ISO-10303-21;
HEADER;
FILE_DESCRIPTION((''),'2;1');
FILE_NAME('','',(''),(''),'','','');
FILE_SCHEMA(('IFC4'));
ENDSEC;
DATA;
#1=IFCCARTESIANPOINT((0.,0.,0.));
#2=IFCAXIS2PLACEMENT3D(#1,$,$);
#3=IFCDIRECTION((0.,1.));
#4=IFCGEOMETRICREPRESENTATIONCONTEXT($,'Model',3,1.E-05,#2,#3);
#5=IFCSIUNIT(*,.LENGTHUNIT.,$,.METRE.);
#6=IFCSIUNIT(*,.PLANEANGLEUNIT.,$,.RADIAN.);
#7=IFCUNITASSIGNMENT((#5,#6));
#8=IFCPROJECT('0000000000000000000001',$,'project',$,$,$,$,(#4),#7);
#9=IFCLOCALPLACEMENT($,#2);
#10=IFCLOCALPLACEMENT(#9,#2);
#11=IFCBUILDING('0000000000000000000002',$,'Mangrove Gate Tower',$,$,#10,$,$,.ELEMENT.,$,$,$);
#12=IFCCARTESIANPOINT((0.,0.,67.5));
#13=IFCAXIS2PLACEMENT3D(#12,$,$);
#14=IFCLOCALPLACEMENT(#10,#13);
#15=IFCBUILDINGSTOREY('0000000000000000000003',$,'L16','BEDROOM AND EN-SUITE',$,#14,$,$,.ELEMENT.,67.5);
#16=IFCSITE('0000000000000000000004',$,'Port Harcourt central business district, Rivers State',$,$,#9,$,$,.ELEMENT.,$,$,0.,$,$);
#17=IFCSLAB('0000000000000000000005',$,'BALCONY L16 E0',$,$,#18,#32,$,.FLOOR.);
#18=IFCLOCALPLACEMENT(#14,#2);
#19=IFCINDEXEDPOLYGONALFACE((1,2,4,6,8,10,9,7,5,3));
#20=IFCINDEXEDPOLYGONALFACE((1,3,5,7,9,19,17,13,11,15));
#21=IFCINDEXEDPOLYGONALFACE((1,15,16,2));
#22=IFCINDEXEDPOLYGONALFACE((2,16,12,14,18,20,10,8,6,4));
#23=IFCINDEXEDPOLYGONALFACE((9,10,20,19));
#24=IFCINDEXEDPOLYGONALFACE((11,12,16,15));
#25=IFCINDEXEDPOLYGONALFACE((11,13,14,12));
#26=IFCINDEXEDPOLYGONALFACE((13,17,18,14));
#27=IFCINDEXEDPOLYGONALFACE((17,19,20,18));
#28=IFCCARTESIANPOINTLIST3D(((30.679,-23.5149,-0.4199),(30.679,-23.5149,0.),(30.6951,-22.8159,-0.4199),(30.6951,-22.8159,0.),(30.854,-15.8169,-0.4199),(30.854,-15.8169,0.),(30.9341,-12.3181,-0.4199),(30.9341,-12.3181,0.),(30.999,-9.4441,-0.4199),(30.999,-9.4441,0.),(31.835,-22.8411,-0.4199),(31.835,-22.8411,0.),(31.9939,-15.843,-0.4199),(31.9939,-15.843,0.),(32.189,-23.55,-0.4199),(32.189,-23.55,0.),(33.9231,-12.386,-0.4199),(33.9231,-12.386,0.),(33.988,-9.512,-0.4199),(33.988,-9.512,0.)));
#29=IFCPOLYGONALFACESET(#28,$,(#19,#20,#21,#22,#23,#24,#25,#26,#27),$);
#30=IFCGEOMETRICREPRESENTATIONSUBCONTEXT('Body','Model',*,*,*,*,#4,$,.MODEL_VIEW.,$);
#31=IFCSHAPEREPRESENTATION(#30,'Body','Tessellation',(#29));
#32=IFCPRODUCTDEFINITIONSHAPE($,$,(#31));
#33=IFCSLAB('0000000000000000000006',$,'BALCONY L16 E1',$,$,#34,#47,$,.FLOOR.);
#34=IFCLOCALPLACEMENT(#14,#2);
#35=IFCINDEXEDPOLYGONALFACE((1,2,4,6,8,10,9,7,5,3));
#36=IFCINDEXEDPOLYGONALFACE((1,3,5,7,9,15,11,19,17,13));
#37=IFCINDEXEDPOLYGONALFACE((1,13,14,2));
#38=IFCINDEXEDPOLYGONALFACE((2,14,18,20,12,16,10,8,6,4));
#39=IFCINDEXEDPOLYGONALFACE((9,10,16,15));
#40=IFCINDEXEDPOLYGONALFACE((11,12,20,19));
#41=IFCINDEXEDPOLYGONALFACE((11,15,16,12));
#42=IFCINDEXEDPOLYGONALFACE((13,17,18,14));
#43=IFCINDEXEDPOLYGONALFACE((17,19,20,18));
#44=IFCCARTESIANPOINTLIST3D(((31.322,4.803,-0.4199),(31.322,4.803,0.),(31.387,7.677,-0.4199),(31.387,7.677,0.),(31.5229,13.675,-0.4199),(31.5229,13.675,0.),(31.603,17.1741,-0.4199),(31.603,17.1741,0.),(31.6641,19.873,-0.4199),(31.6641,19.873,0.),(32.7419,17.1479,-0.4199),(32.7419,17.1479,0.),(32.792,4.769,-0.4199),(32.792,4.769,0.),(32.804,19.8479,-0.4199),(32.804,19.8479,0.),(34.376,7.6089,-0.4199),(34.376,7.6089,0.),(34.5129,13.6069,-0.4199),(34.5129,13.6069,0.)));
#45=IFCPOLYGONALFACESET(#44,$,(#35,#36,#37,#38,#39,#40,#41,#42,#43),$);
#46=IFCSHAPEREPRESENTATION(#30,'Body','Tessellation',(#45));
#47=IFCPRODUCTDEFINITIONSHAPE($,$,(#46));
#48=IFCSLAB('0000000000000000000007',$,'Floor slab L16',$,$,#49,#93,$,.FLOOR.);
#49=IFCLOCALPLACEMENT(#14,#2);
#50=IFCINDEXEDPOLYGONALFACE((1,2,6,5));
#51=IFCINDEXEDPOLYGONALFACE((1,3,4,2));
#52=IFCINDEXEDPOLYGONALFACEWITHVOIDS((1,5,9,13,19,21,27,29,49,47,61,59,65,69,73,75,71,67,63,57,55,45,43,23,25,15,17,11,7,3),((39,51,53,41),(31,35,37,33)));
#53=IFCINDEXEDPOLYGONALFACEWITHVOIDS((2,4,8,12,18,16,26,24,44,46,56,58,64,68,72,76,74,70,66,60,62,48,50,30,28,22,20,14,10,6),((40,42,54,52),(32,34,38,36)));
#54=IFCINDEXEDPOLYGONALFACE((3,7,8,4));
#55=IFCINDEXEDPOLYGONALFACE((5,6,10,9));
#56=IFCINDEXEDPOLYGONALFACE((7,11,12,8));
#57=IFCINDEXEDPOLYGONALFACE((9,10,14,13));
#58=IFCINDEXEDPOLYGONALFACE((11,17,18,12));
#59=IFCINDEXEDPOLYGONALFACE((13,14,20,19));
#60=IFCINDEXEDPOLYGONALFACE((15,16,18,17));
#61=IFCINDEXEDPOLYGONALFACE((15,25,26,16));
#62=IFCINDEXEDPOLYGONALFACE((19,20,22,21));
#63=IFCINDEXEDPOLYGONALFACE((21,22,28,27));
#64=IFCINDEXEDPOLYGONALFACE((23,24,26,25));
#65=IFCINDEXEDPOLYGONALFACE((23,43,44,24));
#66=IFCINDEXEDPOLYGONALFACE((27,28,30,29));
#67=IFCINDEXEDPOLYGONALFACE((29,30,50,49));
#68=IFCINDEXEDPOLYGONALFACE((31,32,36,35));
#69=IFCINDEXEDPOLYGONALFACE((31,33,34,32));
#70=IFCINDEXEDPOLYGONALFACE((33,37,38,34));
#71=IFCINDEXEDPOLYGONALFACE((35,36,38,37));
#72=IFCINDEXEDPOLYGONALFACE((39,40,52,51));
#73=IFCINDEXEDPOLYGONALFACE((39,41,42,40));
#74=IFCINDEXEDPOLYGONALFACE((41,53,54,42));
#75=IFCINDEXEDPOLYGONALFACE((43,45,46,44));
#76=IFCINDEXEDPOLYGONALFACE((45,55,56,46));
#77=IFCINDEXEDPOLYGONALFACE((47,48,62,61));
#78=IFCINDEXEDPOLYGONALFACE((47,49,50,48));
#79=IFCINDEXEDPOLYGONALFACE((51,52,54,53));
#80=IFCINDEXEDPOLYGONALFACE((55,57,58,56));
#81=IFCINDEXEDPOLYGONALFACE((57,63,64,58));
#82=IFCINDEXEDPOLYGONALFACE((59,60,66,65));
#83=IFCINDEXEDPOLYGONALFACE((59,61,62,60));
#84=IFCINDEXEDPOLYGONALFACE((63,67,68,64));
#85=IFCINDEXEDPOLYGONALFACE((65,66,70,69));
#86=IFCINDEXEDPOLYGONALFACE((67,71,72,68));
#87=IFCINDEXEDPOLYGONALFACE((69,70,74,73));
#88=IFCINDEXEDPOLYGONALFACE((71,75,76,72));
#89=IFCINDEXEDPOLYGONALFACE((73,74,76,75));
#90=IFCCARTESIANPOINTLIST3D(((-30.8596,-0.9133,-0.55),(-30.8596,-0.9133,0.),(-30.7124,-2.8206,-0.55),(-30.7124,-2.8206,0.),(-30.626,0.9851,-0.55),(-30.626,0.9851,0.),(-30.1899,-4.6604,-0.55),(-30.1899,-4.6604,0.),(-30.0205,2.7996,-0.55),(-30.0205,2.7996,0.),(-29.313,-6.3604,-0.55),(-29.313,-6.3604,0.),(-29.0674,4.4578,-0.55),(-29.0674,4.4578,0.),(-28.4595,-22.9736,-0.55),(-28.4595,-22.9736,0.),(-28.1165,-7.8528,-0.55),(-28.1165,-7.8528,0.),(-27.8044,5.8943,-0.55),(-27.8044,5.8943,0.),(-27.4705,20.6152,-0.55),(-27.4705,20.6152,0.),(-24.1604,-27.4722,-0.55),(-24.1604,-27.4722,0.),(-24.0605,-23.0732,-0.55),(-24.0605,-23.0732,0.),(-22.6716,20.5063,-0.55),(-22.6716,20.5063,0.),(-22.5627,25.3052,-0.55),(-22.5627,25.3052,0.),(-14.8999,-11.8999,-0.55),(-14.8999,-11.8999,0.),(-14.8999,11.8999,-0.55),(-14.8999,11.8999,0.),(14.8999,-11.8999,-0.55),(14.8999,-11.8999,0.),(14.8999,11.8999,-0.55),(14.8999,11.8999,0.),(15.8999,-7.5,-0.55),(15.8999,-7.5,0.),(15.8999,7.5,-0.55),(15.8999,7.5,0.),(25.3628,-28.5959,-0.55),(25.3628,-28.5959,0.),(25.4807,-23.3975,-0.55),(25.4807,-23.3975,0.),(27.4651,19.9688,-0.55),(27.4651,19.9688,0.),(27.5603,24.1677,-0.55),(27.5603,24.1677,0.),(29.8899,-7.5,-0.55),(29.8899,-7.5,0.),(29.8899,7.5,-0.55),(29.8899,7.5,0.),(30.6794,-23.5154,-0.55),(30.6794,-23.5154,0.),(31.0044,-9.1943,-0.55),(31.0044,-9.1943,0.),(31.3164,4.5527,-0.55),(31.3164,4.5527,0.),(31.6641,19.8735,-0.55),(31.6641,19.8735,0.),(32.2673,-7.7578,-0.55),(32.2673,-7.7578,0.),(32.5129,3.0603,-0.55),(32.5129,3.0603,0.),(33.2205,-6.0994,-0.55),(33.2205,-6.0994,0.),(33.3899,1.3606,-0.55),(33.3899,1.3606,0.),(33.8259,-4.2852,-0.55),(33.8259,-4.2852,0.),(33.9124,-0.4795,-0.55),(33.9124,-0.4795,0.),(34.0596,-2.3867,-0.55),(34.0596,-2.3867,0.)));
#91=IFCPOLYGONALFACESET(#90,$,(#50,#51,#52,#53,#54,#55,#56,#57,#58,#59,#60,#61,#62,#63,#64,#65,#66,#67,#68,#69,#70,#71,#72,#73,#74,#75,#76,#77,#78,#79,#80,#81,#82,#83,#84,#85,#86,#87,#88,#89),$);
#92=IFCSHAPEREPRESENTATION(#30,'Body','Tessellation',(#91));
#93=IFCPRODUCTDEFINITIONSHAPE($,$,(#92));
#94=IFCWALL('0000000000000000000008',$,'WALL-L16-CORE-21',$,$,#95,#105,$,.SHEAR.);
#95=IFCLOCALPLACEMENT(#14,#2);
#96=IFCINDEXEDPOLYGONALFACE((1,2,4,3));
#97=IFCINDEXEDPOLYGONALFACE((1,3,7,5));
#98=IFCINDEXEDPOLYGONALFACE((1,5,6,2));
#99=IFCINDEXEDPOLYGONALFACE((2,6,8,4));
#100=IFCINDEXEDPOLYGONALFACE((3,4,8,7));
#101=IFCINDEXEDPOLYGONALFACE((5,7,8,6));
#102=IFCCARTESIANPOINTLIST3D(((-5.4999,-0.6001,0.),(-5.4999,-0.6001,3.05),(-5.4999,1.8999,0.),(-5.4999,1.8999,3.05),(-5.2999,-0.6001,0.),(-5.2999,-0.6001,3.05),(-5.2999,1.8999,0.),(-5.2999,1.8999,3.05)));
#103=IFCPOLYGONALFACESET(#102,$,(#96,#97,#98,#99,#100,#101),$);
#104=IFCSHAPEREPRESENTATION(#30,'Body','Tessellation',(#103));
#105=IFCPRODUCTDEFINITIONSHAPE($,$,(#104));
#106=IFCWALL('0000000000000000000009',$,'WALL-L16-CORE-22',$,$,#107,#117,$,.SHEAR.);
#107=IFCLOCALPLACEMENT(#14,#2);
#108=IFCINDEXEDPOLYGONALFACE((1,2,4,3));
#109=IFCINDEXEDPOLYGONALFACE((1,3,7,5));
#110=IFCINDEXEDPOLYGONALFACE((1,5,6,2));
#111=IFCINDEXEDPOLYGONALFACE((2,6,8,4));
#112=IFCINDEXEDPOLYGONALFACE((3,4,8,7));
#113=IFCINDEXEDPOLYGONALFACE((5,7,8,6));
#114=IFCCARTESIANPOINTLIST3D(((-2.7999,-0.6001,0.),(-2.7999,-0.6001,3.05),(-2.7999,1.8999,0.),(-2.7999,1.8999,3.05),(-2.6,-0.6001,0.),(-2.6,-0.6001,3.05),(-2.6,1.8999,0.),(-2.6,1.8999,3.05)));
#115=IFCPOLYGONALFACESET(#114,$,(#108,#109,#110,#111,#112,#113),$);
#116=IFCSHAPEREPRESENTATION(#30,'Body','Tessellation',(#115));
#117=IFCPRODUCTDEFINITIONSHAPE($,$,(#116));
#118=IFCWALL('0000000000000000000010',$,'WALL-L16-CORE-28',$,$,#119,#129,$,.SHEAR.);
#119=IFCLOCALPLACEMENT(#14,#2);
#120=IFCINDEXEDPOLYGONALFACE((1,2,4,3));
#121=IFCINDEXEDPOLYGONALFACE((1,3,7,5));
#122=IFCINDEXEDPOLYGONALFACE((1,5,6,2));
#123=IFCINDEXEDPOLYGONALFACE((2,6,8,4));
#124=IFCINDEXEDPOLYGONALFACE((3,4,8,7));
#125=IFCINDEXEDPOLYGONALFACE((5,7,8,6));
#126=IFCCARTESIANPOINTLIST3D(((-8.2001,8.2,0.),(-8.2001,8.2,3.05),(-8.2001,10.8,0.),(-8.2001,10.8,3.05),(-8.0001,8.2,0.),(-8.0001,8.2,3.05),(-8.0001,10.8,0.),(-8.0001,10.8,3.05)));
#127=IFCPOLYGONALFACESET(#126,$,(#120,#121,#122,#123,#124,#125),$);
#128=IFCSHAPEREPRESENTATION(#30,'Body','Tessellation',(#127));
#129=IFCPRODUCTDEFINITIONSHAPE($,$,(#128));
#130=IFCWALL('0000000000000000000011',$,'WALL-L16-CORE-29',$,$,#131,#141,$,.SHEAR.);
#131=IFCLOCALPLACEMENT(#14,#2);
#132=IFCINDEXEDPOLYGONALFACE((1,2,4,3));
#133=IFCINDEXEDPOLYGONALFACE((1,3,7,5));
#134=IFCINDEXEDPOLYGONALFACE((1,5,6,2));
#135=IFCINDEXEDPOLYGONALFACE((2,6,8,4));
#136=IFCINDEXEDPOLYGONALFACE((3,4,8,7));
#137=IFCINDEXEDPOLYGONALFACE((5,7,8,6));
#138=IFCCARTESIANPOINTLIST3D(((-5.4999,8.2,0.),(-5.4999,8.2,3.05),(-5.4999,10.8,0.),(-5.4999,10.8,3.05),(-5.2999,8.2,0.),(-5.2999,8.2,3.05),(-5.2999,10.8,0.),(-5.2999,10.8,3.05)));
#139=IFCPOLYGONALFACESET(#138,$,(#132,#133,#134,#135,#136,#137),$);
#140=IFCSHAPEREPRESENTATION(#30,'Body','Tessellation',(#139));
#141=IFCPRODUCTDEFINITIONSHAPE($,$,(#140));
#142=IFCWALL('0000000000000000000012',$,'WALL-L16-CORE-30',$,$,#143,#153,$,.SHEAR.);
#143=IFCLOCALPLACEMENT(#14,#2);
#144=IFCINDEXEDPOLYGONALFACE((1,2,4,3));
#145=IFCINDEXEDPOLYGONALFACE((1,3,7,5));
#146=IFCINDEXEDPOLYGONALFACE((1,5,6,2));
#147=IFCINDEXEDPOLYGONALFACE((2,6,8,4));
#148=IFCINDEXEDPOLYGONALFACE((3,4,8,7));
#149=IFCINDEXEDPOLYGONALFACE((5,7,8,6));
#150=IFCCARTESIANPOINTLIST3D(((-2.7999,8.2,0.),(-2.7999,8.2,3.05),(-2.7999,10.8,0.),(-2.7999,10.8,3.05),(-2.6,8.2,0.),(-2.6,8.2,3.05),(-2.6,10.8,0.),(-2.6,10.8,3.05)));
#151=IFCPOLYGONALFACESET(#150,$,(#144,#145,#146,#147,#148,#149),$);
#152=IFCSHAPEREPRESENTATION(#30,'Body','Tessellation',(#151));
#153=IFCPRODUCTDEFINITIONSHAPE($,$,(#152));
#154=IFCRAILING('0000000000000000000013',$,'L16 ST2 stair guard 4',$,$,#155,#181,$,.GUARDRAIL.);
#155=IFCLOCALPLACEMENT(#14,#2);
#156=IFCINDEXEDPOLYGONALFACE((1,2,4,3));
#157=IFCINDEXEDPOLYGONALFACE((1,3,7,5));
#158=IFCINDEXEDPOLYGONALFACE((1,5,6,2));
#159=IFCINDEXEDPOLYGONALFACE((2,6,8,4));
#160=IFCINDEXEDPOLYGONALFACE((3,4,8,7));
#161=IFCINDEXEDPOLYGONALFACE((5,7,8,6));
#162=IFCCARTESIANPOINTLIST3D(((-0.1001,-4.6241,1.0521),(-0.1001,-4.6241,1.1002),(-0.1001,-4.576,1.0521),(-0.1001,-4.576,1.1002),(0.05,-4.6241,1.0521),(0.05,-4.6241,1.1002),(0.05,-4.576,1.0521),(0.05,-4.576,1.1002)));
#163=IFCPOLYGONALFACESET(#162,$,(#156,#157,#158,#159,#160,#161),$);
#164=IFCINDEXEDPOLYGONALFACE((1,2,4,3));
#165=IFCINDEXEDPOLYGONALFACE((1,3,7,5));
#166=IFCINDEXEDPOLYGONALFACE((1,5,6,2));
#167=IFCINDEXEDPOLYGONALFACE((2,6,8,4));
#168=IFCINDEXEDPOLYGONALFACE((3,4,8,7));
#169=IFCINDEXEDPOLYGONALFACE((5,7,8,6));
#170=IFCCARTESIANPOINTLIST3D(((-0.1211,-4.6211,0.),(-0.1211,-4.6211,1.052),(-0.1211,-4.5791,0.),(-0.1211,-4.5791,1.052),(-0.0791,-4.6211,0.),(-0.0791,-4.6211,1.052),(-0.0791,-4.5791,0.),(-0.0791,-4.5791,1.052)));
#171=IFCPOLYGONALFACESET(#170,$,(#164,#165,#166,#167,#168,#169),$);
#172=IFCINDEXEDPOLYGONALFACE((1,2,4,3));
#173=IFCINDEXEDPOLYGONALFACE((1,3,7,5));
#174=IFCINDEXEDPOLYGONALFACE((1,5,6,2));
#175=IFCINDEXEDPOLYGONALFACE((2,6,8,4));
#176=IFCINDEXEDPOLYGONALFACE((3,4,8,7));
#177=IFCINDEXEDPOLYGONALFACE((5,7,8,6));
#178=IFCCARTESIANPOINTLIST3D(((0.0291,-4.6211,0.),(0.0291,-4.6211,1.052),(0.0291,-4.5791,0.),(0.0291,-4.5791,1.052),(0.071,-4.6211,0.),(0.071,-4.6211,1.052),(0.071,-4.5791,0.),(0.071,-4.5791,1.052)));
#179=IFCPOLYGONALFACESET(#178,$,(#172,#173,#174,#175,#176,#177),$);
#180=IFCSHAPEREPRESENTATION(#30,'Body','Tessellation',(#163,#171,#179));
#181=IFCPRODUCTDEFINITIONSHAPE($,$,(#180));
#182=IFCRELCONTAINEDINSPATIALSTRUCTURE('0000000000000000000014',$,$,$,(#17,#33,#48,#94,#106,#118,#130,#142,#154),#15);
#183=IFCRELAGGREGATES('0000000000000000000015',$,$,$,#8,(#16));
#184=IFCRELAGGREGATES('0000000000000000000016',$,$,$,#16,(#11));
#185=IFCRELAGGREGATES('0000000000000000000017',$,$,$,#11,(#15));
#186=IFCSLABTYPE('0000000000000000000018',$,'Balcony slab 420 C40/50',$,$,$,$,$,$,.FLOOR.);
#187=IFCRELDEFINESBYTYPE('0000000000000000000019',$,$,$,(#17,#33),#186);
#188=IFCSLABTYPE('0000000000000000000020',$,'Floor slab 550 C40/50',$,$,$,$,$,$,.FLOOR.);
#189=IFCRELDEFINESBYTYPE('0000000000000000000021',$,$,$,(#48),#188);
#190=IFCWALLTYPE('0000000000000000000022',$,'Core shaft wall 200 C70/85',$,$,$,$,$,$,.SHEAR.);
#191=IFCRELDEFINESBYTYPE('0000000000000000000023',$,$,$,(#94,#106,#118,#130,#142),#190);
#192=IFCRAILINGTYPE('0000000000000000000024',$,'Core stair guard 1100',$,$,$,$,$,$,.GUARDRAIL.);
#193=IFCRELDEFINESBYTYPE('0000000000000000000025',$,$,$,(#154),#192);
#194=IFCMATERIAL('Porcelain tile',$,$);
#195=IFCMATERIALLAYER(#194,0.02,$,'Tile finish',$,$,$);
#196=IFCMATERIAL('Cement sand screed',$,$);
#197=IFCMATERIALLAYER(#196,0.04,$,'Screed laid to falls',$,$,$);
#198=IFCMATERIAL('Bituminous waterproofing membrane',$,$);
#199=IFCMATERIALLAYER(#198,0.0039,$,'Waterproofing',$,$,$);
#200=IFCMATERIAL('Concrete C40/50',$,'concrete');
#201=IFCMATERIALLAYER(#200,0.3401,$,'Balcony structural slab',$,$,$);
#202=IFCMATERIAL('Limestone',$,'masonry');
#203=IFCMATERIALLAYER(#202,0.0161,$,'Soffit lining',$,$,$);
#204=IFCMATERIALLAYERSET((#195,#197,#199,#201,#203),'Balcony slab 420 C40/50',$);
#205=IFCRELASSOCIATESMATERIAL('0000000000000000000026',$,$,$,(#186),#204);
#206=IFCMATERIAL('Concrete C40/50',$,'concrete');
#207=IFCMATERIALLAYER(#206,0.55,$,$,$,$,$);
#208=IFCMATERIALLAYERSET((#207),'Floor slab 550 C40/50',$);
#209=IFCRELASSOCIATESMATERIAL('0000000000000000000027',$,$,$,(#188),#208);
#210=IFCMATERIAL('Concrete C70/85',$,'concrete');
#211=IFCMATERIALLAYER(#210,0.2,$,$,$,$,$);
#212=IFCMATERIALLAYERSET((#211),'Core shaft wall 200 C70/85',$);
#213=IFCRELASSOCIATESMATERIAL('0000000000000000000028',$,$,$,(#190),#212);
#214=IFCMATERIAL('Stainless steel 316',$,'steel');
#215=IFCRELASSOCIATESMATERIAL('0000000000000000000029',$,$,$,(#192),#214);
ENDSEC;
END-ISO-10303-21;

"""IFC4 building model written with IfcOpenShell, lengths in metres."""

from ifc_helpers import new_model, si_unit, direction, frame, frame_2d, origin, origin_2d, place, context, subcontext, project, spatial, polyline, rectangle, outline, extrude, material, layer, layer_set, type_object, element, save


model = new_model("IFC4")

# Units and contexts
model_context = context("Model", 3, precision=1e-05, world=origin(), true_north=direction((0.0, 1.0)))
body_context = subcontext(model_context, "Body", "Model", "MODEL_VIEW")
ifc_project = project(units=[si_unit("LENGTHUNIT", "METRE"), si_unit("PLANEANGLEUNIT", "RADIAN")], contexts=[model_context])

# Site, building, storey
site_placement = place(None, origin())
site = spatial("IfcSite", under=ifc_project, at=site_placement, Name="Port Harcourt central business district, Rivers State", CompositionType="ELEMENT", RefElevation=0.0)
building_placement = place(site_placement, origin())
building = spatial("IfcBuilding", under=site, at=building_placement, Name="Mangrove Gate Tower", CompositionType="ELEMENT")
storey_placement = place(building_placement, frame((0.0, 0.0, 67.5)))
storey = spatial("IfcBuildingStorey", under=building, at=storey_placement, Name="L16", Description="BEDROOM AND EN-SUITE", CompositionType="ELEMENT", Elevation=67.5)

# Slabs
ifc_material_1 = material(Name="Porcelain tile")
ifc_layer_1 = layer(ifc_material_1, 0.02, Name="Tile finish")
ifc_material_2 = material(Name="Cement sand screed")
ifc_layer_2 = layer(ifc_material_2, 0.04, Name="Screed laid to falls")
ifc_material_3 = material(Name="Bituminous waterproofing membrane")
ifc_layer_3 = layer(ifc_material_3, 0.0039, Name="Waterproofing")
ifc_material_4 = material(Name="Concrete C40/50", Category="concrete")
ifc_layer_4 = layer(ifc_material_4, 0.3401, Name="Balcony structural slab")
ifc_material_5 = material(Name="Limestone", Category="masonry")
ifc_layer_5 = layer(ifc_material_5, 0.0161, Name="Soffit lining")
ifc_layer_set_1 = layer_set([ifc_layer_1, ifc_layer_2, ifc_layer_3, ifc_layer_4, ifc_layer_5], Name="Balcony slab 420 C40/50")
slab_type_1 = type_object("IfcSlabType", Name="Balcony slab 420 C40/50", PredefinedType="FLOOR", material=ifc_layer_set_1)
slab_1_placement = place(storey_placement, frame((0.0, 0.0, -0.4199)))
element("IfcSlab", 1, at=slab_1_placement, inside=storey, type_object=slab_type_1, Name="BALCONY L16 E0", PredefinedType="FLOOR", context=body_context, shape_type="SweptSolid", body=[
    extrude(outline(polyline([(32.189, -23.55), (31.835, -22.8411), (31.9939, -15.843), (33.9231, -12.386), (33.988, -9.512), (30.999, -9.4441), (30.9341, -12.3181), (30.854, -15.8169), (30.6951, -22.8159), (30.679, -23.5149), (32.189, -23.55)])), origin(), (0.0, 0.0, 1.0), 0.4199),
])
slab_2_placement = place(storey_placement, frame((0.0, 0.0, -0.4199)))
element("IfcSlab", 2, at=slab_2_placement, inside=storey, type_object=slab_type_1, Name="BALCONY L16 E1", PredefinedType="FLOOR", context=body_context, shape_type="SweptSolid", body=[
    extrude(outline(polyline([(32.792, 4.769), (34.376, 7.6089), (34.5129, 13.6069), (32.7419, 17.1479), (32.804, 19.8479), (31.6641, 19.873), (31.603, 17.1741), (31.5229, 13.675), (31.387, 7.677), (31.322, 4.803), (32.792, 4.769)])), origin(), (0.0, 0.0, 1.0), 0.4199),
])
ifc_material_6 = material(Name="Concrete C40/50", Category="concrete")
ifc_layer_6 = layer(ifc_material_6, 0.55)
ifc_layer_set_2 = layer_set([ifc_layer_6], Name="Floor slab 550 C40/50")
slab_type_2 = type_object("IfcSlabType", Name="Floor slab 550 C40/50", PredefinedType="FLOOR", material=ifc_layer_set_2)
slab_3_placement = place(storey_placement, frame((0.0, 0.0, -0.55)))
element("IfcSlab", 3, at=slab_3_placement, inside=storey, type_object=slab_type_2, Name="Floor slab L16", PredefinedType="FLOOR", context=body_context, shape_type="SweptSolid", body=[
    extrude(outline(polyline([(-24.1604, -27.4722), (25.3628, -28.5959), (25.4807, -23.3975), (30.6794, -23.5154), (31.0044, -9.1943), (32.2673, -7.7578), (33.2205, -6.0994), (33.8259, -4.2852), (34.0596, -2.3867), (33.9124, -0.4795), (33.3899, 1.3606), (32.5129, 3.0603), (31.3164, 4.5527), (31.6641, 19.8735), (27.4651, 19.9688), (27.5603, 24.1677), (-22.5627, 25.3052), (-22.6716, 20.5063), (-27.4705, 20.6152), (-27.8044, 5.8943), (-29.0674, 4.4578), (-30.0205, 2.7996), (-30.626, 0.9851), (-30.8596, -0.9133), (-30.7124, -2.8206), (-30.1899, -4.6604), (-29.313, -6.3604), (-28.1165, -7.8528), (-28.4595, -22.9736), (-24.0605, -23.0732), (-24.1604, -27.4722)]), holes=[polyline([(15.8999, 7.5), (29.8899, 7.5), (29.8899, -7.5), (15.8999, -7.5), (15.8999, 7.5)]), polyline([(-14.8999, -11.8999), (-14.8999, 11.8999), (14.8999, 11.8999), (14.8999, -11.8999), (-14.8999, -11.8999)])]), origin(), (0.0, 0.0, 1.0), 0.55),
])

# Walls
ifc_material_7 = material(Name="Concrete C70/85", Category="concrete")
ifc_layer_7 = layer(ifc_material_7, 0.2)
ifc_layer_set_3 = layer_set([ifc_layer_7], Name="Core shaft wall 200 C70/85")
wall_type = type_object("IfcWallType", Name="Core shaft wall 200 C70/85", PredefinedType="SHEAR", material=ifc_layer_set_3)
for number, where, z_axis, x_axis, name in (
    (4, (-5.3999, -0.6001, 0.0), (0.0, 0.0, 1.0), (0.0, 1.0, 0.0), "WALL-L16-CORE-21"),
    (5, (-2.7, -0.6001, 0.0), (0.0, 0.0, 1.0), (0.0, 1.0, 0.0), "WALL-L16-CORE-22"),
):
    element("IfcWall", number, at=place(storey_placement, frame(where, z_axis=z_axis, x_axis=x_axis)), inside=storey, type_object=wall_type, Name=name, PredefinedType="SHEAR", context=body_context, shape_type="SweptSolid", body=[
        extrude(rectangle(XDim=2.5, YDim=0.2, at=frame_2d((1.25, 0.0))), origin(), (0.0, 0.0, 1.0), 3.05),
    ])
for number, where, z_axis, x_axis, name in (
    (6, (-8.1001, 8.2, 0.0), (0.0, 0.0, 1.0), (0.0, 1.0, 0.0), "WALL-L16-CORE-28"),
    (7, (-5.3999, 8.2, 0.0), (0.0, 0.0, 1.0), (0.0, 1.0, 0.0), "WALL-L16-CORE-29"),
    (8, (-2.7, 8.2, 0.0), (0.0, 0.0, 1.0), (0.0, 1.0, 0.0), "WALL-L16-CORE-30"),
):
    element("IfcWall", number, at=place(storey_placement, frame(where, z_axis=z_axis, x_axis=x_axis)), inside=storey, type_object=wall_type, Name=name, PredefinedType="SHEAR", context=body_context, shape_type="SweptSolid", body=[
        extrude(rectangle(XDim=2.6001, YDim=0.2, at=frame_2d((1.3, 0.0))), origin(), (0.0, 0.0, 1.0), 3.05),
    ])

# Railing
ifc_material_8 = material(Name="Stainless steel 316", Category="steel")
railing_type = type_object("IfcRailingType", Name="Core stair guard 1100", PredefinedType="GUARDRAIL", material=ifc_material_8)
railing_placement = place(storey_placement, frame((-0.1001, -4.6001, 0.0)))
element("IfcRailing", 9, at=railing_placement, inside=storey, type_object=railing_type, Name="L16 ST2 stair guard 4", PredefinedType="GUARDRAIL", context=body_context, shape_type="SweptSolid", body=[
    extrude(rectangle(XDim=0.0481, YDim=0.0481, at=origin_2d()), frame((0.0, 0.0, 1.0762), z_axis=(1.0, 0.0, 0.0), x_axis=(0.0, 1.0, 0.0)), (0.0, 0.0, 1.0), 0.1501),
    extrude(rectangle(XDim=0.042, YDim=0.042, at=origin_2d()), origin(), (0.0, 0.0, 1.0), 1.052),
    extrude(rectangle(XDim=0.042, YDim=0.042, at=origin_2d()), frame((0.1501, 0.0, 0.0)), (0.0, 0.0, 1.0), 1.052),
])

save(model, "model.ifc")
